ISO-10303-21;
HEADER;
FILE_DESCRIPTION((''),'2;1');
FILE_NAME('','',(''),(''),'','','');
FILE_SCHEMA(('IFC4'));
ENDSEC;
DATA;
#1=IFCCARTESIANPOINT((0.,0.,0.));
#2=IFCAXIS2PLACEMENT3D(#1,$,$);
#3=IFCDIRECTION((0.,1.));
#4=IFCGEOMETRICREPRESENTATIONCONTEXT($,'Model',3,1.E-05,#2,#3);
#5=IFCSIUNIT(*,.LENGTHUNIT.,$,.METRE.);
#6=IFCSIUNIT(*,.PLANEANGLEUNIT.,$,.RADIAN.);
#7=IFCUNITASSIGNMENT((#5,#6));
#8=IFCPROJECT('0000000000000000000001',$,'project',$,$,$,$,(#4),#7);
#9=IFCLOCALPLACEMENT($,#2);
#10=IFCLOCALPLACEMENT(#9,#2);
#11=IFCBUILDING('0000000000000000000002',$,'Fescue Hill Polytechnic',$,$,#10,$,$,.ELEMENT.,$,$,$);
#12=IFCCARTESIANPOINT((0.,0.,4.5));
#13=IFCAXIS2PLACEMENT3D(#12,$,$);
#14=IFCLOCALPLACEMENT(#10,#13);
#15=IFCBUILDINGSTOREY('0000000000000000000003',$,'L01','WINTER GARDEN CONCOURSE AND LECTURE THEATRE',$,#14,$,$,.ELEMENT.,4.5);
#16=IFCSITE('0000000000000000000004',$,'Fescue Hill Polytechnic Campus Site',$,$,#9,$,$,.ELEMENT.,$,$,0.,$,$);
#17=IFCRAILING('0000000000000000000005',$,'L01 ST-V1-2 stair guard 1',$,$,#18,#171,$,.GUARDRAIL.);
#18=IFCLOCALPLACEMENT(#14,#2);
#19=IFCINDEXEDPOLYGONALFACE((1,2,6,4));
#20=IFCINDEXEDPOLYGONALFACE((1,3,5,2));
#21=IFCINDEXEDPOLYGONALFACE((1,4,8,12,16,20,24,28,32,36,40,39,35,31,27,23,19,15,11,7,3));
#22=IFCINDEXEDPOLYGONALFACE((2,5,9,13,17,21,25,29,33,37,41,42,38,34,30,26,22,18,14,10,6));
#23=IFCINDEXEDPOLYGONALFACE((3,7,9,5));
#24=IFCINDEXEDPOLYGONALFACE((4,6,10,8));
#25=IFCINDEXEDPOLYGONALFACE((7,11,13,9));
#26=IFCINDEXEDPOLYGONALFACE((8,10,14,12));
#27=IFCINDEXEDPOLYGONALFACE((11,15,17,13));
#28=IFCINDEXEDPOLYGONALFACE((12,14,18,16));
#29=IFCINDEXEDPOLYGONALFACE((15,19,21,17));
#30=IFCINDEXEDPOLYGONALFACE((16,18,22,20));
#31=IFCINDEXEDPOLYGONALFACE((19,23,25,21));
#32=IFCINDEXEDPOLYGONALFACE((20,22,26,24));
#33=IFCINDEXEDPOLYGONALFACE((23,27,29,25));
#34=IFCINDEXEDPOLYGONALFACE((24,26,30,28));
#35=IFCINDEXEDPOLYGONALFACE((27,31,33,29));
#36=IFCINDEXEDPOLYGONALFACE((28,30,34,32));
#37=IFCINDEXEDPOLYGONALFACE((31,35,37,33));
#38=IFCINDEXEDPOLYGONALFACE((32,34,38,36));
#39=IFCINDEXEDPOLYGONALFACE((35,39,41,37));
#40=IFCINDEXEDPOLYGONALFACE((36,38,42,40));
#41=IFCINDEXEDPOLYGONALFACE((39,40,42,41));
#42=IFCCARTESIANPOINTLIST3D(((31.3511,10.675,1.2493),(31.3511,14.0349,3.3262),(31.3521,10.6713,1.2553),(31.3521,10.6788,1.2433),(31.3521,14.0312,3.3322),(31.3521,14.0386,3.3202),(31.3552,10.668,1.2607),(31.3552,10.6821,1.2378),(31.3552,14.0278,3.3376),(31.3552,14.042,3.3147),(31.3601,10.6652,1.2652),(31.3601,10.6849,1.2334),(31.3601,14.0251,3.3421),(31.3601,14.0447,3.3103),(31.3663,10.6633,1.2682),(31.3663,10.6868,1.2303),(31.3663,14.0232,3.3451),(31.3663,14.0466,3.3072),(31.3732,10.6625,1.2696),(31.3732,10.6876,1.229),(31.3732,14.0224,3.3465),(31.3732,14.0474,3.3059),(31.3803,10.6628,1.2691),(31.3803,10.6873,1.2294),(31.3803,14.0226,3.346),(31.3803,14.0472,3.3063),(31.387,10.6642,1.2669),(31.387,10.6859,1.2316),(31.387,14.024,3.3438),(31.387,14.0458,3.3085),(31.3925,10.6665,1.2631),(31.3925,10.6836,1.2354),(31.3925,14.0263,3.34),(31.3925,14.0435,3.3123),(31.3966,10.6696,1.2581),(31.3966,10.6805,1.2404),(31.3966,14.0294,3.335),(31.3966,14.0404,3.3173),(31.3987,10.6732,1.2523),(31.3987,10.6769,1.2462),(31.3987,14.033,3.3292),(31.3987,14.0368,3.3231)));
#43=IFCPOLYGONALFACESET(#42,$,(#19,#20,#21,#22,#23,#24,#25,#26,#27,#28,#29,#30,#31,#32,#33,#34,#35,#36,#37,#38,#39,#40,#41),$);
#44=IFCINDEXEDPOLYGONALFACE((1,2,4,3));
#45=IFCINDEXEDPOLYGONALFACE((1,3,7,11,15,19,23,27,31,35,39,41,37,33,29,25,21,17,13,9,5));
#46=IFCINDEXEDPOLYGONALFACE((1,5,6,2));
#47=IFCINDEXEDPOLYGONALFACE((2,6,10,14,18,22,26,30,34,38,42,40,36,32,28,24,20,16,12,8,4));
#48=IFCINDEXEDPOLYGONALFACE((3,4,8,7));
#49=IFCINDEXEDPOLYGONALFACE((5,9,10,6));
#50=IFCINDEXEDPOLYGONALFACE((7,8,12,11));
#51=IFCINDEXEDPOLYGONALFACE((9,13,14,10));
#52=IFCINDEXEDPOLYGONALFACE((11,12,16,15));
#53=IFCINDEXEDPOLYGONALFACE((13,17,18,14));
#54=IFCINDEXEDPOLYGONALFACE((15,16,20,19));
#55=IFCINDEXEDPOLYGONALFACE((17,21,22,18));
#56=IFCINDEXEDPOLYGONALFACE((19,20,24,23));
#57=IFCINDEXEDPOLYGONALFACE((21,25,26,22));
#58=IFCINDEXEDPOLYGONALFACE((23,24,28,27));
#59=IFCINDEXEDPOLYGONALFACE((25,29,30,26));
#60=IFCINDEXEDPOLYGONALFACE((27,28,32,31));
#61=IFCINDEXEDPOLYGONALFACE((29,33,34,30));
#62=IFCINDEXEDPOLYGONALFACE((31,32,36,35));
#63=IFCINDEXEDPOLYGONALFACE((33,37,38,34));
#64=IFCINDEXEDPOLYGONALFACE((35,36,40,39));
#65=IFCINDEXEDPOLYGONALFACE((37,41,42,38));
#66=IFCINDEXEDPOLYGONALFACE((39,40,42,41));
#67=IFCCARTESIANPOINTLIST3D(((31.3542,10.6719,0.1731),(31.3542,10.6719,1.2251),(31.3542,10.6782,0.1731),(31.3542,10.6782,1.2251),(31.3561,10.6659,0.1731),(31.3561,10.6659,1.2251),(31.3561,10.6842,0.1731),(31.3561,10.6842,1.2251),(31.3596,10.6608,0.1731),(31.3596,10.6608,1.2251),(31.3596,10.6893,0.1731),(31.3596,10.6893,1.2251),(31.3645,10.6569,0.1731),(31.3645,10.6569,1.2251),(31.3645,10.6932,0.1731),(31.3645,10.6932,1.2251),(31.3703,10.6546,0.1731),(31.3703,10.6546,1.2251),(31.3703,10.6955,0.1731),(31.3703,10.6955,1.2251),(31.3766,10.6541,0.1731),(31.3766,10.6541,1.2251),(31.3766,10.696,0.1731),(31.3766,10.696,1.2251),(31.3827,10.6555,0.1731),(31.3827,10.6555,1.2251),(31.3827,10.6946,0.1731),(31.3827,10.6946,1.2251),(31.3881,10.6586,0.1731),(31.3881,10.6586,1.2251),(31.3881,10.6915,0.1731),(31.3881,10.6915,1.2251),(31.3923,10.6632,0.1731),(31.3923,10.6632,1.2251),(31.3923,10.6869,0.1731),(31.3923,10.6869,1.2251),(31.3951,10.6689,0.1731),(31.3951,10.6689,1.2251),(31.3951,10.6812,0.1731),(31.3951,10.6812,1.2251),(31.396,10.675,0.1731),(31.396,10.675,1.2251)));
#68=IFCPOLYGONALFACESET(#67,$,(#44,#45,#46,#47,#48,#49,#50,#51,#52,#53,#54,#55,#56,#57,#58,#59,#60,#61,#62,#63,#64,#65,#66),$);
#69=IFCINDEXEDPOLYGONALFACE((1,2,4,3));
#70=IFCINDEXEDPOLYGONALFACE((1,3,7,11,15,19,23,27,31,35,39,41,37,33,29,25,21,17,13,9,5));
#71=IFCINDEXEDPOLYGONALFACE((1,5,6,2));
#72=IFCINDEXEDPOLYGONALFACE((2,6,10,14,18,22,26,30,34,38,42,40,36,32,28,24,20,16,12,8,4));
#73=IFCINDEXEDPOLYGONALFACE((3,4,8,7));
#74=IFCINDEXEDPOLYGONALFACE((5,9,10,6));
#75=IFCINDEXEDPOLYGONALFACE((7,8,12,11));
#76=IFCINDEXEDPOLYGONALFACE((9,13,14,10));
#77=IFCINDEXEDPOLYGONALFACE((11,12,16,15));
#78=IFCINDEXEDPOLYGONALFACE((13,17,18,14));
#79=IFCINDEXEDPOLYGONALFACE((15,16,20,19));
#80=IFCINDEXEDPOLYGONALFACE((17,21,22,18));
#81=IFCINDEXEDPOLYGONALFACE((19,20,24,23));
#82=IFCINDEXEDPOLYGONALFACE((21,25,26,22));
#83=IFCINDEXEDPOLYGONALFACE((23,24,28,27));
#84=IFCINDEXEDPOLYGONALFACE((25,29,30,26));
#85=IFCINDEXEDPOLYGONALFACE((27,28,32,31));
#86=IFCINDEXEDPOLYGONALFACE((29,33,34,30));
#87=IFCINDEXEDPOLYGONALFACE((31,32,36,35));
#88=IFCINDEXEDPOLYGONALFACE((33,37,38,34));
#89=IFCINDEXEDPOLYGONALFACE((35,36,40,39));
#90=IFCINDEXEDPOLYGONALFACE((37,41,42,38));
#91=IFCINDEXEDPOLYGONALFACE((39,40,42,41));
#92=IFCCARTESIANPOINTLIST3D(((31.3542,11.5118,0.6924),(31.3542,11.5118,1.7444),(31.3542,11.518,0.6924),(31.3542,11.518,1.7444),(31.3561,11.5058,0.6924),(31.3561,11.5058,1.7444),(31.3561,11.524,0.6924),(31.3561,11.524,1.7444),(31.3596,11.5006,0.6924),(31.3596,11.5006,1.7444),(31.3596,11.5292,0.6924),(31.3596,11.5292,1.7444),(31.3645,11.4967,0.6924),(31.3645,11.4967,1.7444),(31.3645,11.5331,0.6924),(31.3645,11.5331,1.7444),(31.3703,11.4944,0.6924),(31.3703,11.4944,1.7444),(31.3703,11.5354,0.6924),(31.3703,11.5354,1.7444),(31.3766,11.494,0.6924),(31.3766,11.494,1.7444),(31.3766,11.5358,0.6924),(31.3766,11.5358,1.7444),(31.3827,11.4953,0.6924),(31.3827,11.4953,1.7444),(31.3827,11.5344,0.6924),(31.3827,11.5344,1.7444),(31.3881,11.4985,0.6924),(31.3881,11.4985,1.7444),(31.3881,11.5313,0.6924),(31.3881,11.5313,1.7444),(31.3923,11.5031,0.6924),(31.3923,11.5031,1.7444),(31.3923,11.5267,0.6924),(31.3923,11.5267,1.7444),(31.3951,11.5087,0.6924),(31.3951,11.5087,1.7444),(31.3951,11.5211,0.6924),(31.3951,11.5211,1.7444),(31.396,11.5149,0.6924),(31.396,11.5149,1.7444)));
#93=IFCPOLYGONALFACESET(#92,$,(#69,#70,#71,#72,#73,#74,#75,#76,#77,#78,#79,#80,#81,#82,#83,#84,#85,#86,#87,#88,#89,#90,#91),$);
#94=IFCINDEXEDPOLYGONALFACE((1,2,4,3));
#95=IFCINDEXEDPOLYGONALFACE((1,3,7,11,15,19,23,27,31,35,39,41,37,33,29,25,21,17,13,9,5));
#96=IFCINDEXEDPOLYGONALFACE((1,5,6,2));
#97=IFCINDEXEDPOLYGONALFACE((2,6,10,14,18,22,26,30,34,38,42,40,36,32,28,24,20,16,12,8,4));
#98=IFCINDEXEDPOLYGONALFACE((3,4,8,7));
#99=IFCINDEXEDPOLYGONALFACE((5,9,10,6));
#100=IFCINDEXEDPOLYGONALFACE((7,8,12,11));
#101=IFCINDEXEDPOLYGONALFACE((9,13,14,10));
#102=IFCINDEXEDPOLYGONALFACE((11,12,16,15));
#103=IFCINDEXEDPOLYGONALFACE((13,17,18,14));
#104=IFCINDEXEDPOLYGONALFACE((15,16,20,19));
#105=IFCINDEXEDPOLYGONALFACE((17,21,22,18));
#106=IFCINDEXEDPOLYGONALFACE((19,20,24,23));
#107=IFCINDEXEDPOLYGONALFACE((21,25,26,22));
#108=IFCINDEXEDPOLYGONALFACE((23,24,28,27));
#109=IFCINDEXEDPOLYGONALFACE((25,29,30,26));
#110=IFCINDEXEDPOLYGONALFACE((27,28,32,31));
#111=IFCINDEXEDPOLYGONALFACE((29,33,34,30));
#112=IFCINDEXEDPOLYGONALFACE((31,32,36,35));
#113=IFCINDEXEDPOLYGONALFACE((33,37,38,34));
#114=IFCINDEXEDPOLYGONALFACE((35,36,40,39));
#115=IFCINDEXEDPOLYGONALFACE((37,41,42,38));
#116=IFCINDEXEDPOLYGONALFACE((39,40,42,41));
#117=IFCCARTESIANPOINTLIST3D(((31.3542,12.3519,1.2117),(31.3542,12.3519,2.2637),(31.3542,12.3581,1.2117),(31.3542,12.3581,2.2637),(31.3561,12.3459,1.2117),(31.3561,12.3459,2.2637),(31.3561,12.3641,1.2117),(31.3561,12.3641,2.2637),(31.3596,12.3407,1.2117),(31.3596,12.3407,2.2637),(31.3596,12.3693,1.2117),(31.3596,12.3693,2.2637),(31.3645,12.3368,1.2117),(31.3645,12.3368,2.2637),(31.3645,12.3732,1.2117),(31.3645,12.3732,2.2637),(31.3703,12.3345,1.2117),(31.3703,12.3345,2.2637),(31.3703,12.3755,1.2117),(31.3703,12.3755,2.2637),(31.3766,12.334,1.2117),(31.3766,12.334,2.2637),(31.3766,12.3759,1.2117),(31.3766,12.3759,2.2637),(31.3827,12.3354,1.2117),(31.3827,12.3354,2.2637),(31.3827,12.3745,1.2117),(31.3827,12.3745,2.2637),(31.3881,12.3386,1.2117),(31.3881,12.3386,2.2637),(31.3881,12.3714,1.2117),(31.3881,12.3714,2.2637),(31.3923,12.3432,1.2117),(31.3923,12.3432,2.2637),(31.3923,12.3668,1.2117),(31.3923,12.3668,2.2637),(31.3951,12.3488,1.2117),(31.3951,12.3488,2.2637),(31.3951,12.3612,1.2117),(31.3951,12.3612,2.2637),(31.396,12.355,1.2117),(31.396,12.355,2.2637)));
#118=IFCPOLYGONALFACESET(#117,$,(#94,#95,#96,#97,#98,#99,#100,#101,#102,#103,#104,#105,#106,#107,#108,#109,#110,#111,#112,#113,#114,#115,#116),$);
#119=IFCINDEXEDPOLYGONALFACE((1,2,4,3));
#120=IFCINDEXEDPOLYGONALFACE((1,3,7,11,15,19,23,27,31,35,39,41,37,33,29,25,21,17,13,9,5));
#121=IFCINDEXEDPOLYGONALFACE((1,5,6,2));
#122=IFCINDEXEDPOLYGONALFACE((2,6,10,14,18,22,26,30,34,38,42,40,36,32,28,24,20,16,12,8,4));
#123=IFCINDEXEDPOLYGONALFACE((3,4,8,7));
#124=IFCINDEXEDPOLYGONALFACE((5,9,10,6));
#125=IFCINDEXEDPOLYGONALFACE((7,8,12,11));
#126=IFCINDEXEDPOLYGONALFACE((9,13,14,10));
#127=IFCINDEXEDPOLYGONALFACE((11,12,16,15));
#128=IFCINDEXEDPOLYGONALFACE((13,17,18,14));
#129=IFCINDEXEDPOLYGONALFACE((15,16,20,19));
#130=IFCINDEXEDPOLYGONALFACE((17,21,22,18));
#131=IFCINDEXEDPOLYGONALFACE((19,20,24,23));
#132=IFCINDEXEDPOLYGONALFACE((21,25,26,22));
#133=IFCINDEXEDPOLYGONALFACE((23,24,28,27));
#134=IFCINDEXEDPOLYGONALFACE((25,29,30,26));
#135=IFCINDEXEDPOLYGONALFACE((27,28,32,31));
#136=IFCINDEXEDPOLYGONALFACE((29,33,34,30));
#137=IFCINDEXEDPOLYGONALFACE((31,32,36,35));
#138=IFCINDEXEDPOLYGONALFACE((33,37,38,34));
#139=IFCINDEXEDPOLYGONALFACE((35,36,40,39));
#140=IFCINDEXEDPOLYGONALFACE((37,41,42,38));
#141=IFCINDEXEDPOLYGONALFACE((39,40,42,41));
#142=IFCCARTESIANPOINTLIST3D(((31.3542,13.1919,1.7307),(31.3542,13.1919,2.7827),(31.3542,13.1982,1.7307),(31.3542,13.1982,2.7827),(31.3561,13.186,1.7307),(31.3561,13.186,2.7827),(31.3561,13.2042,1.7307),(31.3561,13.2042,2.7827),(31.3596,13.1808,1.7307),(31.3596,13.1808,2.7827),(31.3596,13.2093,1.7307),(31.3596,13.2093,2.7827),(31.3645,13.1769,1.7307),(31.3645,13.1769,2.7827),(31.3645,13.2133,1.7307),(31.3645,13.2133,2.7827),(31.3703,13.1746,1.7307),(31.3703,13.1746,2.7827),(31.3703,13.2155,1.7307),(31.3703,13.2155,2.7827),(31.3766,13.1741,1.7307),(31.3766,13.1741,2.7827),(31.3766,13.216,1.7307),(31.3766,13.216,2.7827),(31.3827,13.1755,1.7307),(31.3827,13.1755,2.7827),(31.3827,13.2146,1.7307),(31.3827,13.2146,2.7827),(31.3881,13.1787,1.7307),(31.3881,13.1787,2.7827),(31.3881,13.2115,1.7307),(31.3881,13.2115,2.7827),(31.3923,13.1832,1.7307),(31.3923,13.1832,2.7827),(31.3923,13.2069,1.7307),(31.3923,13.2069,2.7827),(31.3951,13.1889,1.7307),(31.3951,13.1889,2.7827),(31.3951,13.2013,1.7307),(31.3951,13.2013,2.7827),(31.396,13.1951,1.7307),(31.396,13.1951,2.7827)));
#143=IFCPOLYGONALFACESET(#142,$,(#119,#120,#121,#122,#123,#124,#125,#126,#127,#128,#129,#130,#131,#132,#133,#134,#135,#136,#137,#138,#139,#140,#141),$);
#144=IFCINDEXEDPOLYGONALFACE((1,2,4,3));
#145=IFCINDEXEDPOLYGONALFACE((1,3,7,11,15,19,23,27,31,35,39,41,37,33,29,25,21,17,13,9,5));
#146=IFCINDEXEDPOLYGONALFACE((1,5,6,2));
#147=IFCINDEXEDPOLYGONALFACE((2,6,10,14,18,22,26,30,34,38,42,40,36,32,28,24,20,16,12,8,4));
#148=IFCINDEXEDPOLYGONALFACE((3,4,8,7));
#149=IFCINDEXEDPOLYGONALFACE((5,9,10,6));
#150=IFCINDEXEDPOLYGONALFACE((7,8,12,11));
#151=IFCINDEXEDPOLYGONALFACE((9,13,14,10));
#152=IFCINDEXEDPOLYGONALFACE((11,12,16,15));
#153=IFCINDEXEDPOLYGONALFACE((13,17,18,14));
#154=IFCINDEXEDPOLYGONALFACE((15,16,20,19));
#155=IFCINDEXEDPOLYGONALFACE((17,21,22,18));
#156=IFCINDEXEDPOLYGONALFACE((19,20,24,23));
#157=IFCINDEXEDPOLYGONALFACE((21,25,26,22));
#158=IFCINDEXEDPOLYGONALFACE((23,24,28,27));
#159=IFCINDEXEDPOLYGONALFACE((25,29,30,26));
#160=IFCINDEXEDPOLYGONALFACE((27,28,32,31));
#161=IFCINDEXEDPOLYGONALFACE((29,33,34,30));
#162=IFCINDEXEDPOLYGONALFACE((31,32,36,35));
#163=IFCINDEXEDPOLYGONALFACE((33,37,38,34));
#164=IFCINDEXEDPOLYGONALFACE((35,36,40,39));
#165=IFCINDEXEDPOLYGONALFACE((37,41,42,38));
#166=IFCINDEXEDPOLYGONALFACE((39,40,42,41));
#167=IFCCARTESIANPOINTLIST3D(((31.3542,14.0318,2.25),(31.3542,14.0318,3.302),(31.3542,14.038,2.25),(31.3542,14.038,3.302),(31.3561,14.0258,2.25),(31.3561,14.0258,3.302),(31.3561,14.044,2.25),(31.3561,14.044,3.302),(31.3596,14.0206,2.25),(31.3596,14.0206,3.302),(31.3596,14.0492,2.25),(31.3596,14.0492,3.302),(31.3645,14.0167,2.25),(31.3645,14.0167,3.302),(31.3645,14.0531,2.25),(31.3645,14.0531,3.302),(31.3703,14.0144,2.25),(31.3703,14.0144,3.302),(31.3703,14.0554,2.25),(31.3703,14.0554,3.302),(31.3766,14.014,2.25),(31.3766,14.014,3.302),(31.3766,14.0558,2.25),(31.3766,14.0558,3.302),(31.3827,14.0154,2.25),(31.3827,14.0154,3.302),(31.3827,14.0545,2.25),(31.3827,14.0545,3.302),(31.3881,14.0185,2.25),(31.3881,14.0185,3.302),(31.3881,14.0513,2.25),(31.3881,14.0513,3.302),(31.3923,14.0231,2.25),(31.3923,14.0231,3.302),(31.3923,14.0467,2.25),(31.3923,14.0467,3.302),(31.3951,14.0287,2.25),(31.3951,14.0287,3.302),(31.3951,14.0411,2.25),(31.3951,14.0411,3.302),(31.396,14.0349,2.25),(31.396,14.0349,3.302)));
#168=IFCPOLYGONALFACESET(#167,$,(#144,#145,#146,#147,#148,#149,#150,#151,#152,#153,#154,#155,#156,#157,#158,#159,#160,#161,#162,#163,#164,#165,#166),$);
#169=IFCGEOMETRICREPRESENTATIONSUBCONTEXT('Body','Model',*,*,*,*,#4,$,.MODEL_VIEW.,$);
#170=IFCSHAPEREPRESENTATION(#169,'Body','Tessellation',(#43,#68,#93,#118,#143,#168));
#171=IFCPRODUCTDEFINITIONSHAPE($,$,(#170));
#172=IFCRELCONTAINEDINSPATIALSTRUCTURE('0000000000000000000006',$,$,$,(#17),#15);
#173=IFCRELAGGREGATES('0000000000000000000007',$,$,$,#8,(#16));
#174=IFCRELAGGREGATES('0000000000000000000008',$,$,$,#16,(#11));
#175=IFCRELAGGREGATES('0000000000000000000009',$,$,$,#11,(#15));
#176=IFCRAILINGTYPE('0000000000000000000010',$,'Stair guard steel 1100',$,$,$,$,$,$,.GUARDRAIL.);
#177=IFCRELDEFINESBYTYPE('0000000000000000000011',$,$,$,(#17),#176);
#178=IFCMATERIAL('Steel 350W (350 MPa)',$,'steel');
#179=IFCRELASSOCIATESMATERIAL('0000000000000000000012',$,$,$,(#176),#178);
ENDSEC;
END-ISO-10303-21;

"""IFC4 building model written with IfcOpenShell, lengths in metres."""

from ifc_helpers import new_model, si_unit, direction, frame, origin, origin_2d, place, context, subcontext, project, spatial, circle, extrude, material, type_object, element, save


model = new_model("IFC4")

# Units and contexts
model_context = context("Model", 3, precision=1e-05, world=origin(), true_north=direction((0.0, 1.0)))
body_context = subcontext(model_context, "Body", "Model", "MODEL_VIEW")
ifc_project = project(units=[si_unit("LENGTHUNIT", "METRE"), si_unit("PLANEANGLEUNIT", "RADIAN")], contexts=[model_context])

# Site, building, storey
site_placement = place(None, origin())
site = spatial("IfcSite", under=ifc_project, at=site_placement, Name="Fescue Hill Polytechnic Campus Site", CompositionType="ELEMENT", RefElevation=0.0)
building_placement = place(site_placement, origin())
building = spatial("IfcBuilding", under=site, at=building_placement, Name="Fescue Hill Polytechnic", CompositionType="ELEMENT")
storey_placement = place(building_placement, frame((0.0, 0.0, 4.5)))
storey = spatial("IfcBuildingStorey", under=building, at=storey_placement, Name="L01", Description="WINTER GARDEN CONCOURSE AND LECTURE THEATRE", CompositionType="ELEMENT", Elevation=4.5)

# Shared definitions
ifc_material_1 = material(Name="Steel 350W (350 MPa)", Category="steel")

# Railing
railing_type_1 = type_object("IfcRailingType", Name="Stair guard steel 1100", PredefinedType="GUARDRAIL", material=ifc_material_1)
railing_1_placement = place(storey_placement, frame((31.375, 10.675, 0.1731)))
element("IfcRailing", 1, at=railing_1_placement, inside=storey, type_object=railing_type_1, Name="L01 ST-V1-2 stair guard 1", PredefinedType="GUARDRAIL", context=body_context, shape_type="SweptSolid", body=[
    extrude(circle(Radius=0.0239, at=origin_2d()), frame((0.0, 0.0, 1.0762), z_axis=(0.0, 0.850606, 0.525803), x_axis=(-1.0, 0.0, 0.0)), (0.0, 0.0, 1.0), 3.95),
    extrude(circle(Radius=0.021, at=origin_2d()), origin(), (0.0, 0.0, 1.0), 1.052),
    extrude(circle(Radius=0.021, at=origin_2d()), frame((0.0, 0.8398, 0.5193)), (0.0, 0.0, 1.0), 1.052),
    extrude(circle(Radius=0.021, at=origin_2d()), frame((0.0, 1.6799, 1.0386)), (0.0, 0.0, 1.0), 1.052),
    extrude(circle(Radius=0.021, at=origin_2d()), frame((0.0, 2.52, 1.5576)), (0.0, 0.0, 1.0), 1.052),
    extrude(circle(Radius=0.021, at=origin_2d()), frame((0.0, 3.3599, 2.0769)), (0.0, 0.0, 1.0), 1.052),
])

save(model, "model.ifc")
